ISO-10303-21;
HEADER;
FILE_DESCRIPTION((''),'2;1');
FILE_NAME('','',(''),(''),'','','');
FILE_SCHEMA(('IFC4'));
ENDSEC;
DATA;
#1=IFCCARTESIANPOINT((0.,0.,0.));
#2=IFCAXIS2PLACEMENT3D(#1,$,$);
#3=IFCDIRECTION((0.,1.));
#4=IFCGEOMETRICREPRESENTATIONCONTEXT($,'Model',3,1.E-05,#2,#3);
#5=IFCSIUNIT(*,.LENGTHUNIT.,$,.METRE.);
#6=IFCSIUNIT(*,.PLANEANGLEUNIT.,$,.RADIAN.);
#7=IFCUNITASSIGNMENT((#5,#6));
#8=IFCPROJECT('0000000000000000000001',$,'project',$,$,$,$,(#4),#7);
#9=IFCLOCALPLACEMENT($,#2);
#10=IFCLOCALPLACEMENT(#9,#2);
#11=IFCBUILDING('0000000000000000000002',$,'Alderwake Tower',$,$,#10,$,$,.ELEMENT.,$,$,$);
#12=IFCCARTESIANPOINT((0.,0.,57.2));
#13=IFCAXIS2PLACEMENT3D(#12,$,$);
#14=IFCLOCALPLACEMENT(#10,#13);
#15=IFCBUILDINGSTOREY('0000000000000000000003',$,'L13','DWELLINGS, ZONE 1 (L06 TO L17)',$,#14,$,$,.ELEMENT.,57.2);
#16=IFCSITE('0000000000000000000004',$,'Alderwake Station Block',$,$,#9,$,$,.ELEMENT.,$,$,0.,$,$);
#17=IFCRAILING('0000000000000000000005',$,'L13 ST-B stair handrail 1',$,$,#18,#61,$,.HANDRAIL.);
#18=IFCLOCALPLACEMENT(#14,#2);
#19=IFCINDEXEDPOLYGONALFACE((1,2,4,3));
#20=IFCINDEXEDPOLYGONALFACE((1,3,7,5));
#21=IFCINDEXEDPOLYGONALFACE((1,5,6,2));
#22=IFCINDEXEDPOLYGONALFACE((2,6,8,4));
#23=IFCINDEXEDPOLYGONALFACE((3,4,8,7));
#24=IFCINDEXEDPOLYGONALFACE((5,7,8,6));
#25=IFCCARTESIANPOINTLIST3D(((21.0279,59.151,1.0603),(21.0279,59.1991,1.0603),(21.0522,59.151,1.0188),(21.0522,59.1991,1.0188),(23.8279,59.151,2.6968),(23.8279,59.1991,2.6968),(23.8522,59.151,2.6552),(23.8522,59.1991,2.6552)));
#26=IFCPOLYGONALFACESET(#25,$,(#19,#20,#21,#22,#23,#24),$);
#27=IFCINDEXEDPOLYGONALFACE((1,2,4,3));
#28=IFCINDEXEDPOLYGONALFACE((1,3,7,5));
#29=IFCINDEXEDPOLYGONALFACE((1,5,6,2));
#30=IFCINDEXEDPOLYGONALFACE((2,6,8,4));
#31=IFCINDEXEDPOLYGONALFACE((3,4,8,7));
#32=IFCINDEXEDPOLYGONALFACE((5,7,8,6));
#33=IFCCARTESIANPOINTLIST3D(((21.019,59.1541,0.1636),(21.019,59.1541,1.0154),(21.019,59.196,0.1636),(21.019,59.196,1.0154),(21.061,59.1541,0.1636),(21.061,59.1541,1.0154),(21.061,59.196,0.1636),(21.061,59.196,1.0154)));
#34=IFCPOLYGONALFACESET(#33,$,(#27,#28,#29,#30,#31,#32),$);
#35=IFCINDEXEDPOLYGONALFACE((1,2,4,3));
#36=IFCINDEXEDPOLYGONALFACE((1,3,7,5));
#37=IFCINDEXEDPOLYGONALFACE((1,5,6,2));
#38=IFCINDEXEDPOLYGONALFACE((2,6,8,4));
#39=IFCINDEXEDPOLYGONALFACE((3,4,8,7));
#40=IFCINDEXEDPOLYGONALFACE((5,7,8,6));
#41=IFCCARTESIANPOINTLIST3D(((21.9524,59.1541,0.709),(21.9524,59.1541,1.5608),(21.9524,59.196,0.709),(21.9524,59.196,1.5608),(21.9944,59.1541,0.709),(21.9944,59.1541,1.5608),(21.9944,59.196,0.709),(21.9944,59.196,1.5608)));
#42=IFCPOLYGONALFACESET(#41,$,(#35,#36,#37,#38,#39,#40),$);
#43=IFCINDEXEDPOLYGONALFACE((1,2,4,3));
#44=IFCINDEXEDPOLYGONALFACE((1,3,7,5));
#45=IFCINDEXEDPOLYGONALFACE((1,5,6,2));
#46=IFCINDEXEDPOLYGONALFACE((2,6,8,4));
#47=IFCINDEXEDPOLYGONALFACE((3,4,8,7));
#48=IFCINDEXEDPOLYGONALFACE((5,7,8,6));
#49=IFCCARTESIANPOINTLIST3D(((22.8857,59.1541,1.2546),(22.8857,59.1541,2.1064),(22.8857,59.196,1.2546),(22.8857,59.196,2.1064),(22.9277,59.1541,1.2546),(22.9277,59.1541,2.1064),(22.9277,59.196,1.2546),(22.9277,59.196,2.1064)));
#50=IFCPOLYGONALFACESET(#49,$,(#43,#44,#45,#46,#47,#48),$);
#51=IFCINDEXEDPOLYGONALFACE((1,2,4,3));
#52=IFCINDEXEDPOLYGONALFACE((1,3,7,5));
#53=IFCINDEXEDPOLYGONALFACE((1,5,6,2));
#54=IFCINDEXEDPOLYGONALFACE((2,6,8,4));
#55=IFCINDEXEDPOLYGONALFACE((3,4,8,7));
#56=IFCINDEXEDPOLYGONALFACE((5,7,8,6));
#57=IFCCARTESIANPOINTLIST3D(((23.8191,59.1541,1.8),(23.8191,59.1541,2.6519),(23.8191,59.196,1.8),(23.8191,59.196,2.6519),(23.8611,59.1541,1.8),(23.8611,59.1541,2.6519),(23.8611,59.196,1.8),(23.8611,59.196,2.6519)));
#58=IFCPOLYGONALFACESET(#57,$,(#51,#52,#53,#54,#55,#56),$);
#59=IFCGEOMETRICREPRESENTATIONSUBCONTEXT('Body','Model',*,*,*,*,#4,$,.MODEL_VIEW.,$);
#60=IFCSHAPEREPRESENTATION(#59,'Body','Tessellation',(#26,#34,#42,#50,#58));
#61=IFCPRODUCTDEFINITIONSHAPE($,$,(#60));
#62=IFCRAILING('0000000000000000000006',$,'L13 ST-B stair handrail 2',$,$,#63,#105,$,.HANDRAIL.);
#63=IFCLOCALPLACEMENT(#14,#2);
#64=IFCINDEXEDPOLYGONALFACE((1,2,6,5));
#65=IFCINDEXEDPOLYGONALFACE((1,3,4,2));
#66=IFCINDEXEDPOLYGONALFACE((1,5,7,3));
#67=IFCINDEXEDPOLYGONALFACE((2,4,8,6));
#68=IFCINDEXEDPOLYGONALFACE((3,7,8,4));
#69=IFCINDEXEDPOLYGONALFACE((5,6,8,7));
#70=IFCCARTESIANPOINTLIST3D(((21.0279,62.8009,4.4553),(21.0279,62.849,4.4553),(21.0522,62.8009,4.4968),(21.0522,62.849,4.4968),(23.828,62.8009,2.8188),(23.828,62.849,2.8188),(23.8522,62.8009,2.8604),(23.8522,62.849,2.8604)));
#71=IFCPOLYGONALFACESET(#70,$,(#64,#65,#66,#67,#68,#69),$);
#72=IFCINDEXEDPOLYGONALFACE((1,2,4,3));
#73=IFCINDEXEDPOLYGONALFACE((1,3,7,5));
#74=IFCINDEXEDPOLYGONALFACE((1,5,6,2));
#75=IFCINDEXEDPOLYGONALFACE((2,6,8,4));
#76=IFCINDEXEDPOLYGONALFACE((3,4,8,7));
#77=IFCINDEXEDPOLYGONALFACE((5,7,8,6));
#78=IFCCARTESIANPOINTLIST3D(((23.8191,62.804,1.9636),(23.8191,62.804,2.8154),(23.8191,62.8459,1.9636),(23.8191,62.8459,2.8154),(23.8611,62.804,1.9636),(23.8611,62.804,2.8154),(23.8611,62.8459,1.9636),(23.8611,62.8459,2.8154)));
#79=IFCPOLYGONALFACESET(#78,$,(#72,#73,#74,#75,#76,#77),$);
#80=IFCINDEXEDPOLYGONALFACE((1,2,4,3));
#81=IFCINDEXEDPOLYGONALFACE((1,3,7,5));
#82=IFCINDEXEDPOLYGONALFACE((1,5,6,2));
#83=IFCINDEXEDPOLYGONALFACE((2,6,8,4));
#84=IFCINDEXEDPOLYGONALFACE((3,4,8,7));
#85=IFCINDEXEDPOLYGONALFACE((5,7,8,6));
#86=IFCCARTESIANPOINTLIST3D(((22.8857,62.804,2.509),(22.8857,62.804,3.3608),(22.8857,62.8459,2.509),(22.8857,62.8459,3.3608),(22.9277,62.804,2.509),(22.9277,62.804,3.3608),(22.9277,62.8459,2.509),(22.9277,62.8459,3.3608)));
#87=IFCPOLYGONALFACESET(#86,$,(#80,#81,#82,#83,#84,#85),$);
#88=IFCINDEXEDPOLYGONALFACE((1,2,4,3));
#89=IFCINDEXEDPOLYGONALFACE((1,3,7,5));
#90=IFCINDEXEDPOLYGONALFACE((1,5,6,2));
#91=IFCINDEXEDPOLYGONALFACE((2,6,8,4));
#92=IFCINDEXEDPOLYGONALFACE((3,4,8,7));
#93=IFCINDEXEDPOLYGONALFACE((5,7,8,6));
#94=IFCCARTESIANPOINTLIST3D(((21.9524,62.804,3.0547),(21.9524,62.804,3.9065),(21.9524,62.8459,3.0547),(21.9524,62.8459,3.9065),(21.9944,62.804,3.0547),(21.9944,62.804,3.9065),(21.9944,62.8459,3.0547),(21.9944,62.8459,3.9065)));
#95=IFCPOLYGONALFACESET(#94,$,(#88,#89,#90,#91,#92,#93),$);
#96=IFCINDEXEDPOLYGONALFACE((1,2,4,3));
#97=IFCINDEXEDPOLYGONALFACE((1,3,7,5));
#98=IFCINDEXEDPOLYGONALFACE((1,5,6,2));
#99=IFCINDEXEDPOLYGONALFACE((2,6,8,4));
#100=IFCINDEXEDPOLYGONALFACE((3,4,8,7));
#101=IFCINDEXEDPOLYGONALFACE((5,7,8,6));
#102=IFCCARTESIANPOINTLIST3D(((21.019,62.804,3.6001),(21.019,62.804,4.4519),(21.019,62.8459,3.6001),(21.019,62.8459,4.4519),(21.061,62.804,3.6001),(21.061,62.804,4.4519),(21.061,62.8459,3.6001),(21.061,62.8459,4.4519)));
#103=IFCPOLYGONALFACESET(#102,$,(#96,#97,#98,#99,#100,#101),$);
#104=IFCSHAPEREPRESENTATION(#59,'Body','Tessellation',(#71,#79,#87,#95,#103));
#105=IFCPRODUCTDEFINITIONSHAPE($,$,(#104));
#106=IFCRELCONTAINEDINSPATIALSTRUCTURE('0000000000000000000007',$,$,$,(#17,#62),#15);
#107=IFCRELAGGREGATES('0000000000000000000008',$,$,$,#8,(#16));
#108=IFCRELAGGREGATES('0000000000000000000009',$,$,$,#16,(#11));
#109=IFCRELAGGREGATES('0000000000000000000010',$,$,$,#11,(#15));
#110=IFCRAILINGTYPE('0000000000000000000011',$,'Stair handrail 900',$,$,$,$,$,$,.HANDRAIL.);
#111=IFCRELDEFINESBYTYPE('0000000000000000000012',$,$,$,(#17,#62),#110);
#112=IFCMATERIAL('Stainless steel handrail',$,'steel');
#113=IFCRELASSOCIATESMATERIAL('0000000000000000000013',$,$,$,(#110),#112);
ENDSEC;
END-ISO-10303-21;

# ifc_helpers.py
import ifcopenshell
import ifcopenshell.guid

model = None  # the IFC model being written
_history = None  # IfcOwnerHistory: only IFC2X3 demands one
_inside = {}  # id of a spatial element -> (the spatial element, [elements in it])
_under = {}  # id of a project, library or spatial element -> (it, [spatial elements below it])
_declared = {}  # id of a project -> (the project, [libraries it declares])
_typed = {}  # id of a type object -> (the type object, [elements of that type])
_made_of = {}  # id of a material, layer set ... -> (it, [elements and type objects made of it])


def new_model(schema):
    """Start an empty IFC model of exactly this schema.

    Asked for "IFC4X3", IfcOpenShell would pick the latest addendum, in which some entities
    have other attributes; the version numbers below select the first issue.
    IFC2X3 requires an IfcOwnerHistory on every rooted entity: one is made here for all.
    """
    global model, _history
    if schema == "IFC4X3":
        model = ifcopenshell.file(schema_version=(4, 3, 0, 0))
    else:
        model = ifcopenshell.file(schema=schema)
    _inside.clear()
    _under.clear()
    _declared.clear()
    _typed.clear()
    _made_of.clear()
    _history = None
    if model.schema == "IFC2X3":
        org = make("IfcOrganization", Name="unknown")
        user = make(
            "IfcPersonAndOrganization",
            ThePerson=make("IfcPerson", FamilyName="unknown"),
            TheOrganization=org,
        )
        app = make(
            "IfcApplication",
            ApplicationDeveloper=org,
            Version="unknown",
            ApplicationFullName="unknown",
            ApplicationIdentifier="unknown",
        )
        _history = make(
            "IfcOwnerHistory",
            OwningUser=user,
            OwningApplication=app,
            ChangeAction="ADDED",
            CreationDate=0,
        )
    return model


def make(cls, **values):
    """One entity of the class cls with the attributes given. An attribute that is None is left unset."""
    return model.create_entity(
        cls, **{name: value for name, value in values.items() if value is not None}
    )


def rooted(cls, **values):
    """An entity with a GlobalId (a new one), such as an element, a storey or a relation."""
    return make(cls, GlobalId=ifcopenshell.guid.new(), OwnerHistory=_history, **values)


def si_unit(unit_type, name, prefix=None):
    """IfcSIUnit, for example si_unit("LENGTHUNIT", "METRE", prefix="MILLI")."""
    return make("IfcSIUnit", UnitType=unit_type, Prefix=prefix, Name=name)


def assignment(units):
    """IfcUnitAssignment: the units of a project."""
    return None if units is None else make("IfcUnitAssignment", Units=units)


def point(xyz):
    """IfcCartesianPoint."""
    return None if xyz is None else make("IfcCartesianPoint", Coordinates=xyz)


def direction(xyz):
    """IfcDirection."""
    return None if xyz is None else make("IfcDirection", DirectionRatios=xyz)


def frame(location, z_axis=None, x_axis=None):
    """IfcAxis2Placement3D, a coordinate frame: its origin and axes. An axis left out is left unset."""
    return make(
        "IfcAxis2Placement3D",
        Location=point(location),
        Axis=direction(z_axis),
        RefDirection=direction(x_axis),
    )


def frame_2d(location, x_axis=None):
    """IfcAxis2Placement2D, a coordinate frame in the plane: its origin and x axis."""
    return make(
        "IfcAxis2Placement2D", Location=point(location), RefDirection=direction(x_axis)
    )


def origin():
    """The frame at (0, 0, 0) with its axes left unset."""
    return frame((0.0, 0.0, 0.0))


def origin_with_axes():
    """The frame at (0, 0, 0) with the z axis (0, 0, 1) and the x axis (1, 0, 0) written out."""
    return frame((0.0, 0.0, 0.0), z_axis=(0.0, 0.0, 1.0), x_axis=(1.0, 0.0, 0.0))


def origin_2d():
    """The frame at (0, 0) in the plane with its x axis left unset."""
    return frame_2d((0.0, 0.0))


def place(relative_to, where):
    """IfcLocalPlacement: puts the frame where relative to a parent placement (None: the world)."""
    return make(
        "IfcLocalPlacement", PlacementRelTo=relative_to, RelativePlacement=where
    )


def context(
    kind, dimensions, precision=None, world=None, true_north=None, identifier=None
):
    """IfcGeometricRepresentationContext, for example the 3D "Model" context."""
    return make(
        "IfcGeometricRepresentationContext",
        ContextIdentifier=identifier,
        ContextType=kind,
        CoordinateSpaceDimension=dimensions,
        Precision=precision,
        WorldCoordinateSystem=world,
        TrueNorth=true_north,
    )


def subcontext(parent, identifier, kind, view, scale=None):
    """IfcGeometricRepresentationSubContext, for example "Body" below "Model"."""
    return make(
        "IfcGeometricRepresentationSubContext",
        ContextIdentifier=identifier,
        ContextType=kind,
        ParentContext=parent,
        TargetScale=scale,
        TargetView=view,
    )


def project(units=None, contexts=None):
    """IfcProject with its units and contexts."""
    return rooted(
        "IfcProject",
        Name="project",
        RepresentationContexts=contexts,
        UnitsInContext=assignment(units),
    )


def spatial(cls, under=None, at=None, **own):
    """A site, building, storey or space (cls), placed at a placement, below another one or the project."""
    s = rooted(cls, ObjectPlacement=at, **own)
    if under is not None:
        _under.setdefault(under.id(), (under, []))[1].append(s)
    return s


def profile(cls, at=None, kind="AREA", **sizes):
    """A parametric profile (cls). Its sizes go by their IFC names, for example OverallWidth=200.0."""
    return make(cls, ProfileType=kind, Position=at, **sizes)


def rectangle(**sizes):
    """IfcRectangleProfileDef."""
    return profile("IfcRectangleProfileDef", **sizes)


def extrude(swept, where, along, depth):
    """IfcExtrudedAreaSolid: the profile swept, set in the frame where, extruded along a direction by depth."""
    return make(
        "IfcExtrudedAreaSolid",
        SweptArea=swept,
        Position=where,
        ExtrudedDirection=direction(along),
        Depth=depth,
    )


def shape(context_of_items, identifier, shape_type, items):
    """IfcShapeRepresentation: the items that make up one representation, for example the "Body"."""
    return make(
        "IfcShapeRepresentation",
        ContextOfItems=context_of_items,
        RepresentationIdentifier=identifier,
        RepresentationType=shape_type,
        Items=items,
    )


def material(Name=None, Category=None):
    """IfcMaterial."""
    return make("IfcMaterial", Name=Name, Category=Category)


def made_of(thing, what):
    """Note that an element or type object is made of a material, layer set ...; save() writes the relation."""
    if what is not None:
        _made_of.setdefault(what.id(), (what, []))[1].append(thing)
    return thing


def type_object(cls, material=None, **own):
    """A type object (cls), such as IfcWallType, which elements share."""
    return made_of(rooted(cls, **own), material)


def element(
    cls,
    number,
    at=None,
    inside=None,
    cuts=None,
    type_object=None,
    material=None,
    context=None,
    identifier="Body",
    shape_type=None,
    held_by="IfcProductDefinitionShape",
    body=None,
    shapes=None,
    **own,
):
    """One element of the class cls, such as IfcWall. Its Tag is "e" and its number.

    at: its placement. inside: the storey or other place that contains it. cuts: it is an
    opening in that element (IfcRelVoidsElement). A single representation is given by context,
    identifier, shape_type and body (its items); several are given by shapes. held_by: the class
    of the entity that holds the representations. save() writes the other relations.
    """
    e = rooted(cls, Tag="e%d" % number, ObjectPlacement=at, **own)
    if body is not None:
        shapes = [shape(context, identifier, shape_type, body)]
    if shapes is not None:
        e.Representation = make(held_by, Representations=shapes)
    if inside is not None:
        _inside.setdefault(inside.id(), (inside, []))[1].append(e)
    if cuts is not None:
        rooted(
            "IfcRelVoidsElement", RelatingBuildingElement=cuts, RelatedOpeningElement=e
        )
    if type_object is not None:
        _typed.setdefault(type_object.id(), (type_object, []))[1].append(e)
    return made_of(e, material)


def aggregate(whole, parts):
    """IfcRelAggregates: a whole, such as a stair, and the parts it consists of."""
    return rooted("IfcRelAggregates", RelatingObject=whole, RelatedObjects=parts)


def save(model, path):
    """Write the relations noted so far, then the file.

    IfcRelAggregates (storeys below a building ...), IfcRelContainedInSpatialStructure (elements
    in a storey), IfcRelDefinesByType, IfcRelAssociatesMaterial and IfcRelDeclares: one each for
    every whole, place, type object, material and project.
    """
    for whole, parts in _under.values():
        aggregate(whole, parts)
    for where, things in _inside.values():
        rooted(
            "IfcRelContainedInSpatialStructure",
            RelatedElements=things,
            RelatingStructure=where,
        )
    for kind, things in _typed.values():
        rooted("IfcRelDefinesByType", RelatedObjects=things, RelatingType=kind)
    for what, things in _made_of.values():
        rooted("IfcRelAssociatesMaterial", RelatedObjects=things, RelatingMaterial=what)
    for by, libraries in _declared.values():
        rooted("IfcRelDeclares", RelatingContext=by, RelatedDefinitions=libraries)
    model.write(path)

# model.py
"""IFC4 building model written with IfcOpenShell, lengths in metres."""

from ifc_helpers import new_model, si_unit, direction, frame, origin, origin_with_axes, origin_2d, place, context, subcontext, project, spatial, rectangle, extrude, material, type_object, element, save


model = new_model("IFC4")

# Units and contexts
model_context = context("Model", 3, precision=1e-05, world=origin(), true_north=direction((0.0, 1.0)))
body_context = subcontext(model_context, "Body", "Model", "MODEL_VIEW")
ifc_project = project(units=[si_unit("LENGTHUNIT", "METRE"), si_unit("PLANEANGLEUNIT", "RADIAN")], contexts=[model_context])

# Site, building, storey
site_placement = place(None, origin())
site = spatial("IfcSite", under=ifc_project, at=site_placement, Name="Alderwake Station Block", CompositionType="ELEMENT", RefElevation=0.0)
building_placement = place(site_placement, origin())
building = spatial("IfcBuilding", under=site, at=building_placement, Name="Alderwake Tower", CompositionType="ELEMENT")
storey_placement = place(building_placement, frame((0.0, 0.0, 57.2)))
storey = spatial("IfcBuildingStorey", under=building, at=storey_placement, Name="L13", Description="DWELLINGS, ZONE 1 (L06 TO L17)", CompositionType="ELEMENT", Elevation=57.2)

# Railings
ifc_material_1 = material(Name="Stainless steel handrail", Category="steel")
railing_type_1 = type_object("IfcRailingType", Name="Stair handrail 900", PredefinedType="HANDRAIL", material=ifc_material_1)
railing_1_placement = place(storey_placement, frame((21.04, 59.175, 0.1636)))
element("IfcRailing", 1, at=railing_1_placement, inside=storey, type_object=railing_type_1, Name="L13 ST-B stair handrail 1", PredefinedType="HANDRAIL", context=body_context, shape_type="SweptSolid", body=[
    extrude(rectangle(XDim=0.0481, YDim=0.0481, at=origin_2d()), frame((0.0, 0.0, 0.876), z_axis=(0.863361, 0.0, 0.504587), x_axis=(0.0, 1.0, 0.0)), (0.0, 0.0, 1.0), 3.2432),
    extrude(rectangle(XDim=0.042, YDim=0.042, at=origin_2d()), origin_with_axes(), (0.0, 0.0, 1.0), 0.8518),
    extrude(rectangle(XDim=0.042, YDim=0.042, at=origin_2d()), frame((0.9333, 0.0, 0.5454), z_axis=(0.0, 0.0, 1.0), x_axis=(1.0, 0.0, 0.0)), (0.0, 0.0, 1.0), 0.8518),
    extrude(rectangle(XDim=0.042, YDim=0.042, at=origin_2d()), frame((1.8667, 0.0, 1.0911), z_axis=(0.0, 0.0, 1.0), x_axis=(1.0, 0.0, 0.0)), (0.0, 0.0, 1.0), 0.8518),
    extrude(rectangle(XDim=0.042, YDim=0.042, at=origin_2d()), frame((2.8, 0.0, 1.6365), z_axis=(0.0, 0.0, 1.0), x_axis=(1.0, 0.0, 0.0)), (0.0, 0.0, 1.0), 0.8518),
])
railing_2_placement = place(storey_placement, frame((23.8401, 62.825, 1.9636)))
element("IfcRailing", 2, at=railing_2_placement, inside=storey, type_object=railing_type_1, Name="L13 ST-B stair handrail 2", PredefinedType="HANDRAIL", context=body_context, shape_type="SweptSolid", body=[
    extrude(rectangle(XDim=0.0481, YDim=0.0481, at=origin_2d()), frame((0.0, 0.0, 0.876), z_axis=(-0.863361, 0.0, 0.504587), x_axis=(0.0, -1.0, 0.0)), (0.0, 0.0, 1.0), 3.2432),
    extrude(rectangle(XDim=0.042, YDim=0.042, at=origin_2d()), frame((0.0, 0.0, 0.0), z_axis=(0.0, 0.0, 1.0), x_axis=(-1.0, 0.0, 0.0)), (0.0, 0.0, 1.0), 0.8518),
    extrude(rectangle(XDim=0.042, YDim=0.042, at=origin_2d()), frame((-0.9333, 0.0, 0.5454), z_axis=(0.0, 0.0, 1.0), x_axis=(-1.0, 0.0, 0.0)), (0.0, 0.0, 1.0), 0.8518),
    extrude(rectangle(XDim=0.042, YDim=0.042, at=origin_2d()), frame((-1.8667, 0.0, 1.0911), z_axis=(0.0, 0.0, 1.0), x_axis=(-1.0, 0.0, 0.0)), (0.0, 0.0, 1.0), 0.8518),
    extrude(rectangle(XDim=0.042, YDim=0.042, at=origin_2d()), frame((-2.8, 0.0, 1.6365), z_axis=(0.0, 0.0, 1.0), x_axis=(-1.0, 0.0, 0.0)), (0.0, 0.0, 1.0), 0.8518),
])

save(model, "model.ifc")
